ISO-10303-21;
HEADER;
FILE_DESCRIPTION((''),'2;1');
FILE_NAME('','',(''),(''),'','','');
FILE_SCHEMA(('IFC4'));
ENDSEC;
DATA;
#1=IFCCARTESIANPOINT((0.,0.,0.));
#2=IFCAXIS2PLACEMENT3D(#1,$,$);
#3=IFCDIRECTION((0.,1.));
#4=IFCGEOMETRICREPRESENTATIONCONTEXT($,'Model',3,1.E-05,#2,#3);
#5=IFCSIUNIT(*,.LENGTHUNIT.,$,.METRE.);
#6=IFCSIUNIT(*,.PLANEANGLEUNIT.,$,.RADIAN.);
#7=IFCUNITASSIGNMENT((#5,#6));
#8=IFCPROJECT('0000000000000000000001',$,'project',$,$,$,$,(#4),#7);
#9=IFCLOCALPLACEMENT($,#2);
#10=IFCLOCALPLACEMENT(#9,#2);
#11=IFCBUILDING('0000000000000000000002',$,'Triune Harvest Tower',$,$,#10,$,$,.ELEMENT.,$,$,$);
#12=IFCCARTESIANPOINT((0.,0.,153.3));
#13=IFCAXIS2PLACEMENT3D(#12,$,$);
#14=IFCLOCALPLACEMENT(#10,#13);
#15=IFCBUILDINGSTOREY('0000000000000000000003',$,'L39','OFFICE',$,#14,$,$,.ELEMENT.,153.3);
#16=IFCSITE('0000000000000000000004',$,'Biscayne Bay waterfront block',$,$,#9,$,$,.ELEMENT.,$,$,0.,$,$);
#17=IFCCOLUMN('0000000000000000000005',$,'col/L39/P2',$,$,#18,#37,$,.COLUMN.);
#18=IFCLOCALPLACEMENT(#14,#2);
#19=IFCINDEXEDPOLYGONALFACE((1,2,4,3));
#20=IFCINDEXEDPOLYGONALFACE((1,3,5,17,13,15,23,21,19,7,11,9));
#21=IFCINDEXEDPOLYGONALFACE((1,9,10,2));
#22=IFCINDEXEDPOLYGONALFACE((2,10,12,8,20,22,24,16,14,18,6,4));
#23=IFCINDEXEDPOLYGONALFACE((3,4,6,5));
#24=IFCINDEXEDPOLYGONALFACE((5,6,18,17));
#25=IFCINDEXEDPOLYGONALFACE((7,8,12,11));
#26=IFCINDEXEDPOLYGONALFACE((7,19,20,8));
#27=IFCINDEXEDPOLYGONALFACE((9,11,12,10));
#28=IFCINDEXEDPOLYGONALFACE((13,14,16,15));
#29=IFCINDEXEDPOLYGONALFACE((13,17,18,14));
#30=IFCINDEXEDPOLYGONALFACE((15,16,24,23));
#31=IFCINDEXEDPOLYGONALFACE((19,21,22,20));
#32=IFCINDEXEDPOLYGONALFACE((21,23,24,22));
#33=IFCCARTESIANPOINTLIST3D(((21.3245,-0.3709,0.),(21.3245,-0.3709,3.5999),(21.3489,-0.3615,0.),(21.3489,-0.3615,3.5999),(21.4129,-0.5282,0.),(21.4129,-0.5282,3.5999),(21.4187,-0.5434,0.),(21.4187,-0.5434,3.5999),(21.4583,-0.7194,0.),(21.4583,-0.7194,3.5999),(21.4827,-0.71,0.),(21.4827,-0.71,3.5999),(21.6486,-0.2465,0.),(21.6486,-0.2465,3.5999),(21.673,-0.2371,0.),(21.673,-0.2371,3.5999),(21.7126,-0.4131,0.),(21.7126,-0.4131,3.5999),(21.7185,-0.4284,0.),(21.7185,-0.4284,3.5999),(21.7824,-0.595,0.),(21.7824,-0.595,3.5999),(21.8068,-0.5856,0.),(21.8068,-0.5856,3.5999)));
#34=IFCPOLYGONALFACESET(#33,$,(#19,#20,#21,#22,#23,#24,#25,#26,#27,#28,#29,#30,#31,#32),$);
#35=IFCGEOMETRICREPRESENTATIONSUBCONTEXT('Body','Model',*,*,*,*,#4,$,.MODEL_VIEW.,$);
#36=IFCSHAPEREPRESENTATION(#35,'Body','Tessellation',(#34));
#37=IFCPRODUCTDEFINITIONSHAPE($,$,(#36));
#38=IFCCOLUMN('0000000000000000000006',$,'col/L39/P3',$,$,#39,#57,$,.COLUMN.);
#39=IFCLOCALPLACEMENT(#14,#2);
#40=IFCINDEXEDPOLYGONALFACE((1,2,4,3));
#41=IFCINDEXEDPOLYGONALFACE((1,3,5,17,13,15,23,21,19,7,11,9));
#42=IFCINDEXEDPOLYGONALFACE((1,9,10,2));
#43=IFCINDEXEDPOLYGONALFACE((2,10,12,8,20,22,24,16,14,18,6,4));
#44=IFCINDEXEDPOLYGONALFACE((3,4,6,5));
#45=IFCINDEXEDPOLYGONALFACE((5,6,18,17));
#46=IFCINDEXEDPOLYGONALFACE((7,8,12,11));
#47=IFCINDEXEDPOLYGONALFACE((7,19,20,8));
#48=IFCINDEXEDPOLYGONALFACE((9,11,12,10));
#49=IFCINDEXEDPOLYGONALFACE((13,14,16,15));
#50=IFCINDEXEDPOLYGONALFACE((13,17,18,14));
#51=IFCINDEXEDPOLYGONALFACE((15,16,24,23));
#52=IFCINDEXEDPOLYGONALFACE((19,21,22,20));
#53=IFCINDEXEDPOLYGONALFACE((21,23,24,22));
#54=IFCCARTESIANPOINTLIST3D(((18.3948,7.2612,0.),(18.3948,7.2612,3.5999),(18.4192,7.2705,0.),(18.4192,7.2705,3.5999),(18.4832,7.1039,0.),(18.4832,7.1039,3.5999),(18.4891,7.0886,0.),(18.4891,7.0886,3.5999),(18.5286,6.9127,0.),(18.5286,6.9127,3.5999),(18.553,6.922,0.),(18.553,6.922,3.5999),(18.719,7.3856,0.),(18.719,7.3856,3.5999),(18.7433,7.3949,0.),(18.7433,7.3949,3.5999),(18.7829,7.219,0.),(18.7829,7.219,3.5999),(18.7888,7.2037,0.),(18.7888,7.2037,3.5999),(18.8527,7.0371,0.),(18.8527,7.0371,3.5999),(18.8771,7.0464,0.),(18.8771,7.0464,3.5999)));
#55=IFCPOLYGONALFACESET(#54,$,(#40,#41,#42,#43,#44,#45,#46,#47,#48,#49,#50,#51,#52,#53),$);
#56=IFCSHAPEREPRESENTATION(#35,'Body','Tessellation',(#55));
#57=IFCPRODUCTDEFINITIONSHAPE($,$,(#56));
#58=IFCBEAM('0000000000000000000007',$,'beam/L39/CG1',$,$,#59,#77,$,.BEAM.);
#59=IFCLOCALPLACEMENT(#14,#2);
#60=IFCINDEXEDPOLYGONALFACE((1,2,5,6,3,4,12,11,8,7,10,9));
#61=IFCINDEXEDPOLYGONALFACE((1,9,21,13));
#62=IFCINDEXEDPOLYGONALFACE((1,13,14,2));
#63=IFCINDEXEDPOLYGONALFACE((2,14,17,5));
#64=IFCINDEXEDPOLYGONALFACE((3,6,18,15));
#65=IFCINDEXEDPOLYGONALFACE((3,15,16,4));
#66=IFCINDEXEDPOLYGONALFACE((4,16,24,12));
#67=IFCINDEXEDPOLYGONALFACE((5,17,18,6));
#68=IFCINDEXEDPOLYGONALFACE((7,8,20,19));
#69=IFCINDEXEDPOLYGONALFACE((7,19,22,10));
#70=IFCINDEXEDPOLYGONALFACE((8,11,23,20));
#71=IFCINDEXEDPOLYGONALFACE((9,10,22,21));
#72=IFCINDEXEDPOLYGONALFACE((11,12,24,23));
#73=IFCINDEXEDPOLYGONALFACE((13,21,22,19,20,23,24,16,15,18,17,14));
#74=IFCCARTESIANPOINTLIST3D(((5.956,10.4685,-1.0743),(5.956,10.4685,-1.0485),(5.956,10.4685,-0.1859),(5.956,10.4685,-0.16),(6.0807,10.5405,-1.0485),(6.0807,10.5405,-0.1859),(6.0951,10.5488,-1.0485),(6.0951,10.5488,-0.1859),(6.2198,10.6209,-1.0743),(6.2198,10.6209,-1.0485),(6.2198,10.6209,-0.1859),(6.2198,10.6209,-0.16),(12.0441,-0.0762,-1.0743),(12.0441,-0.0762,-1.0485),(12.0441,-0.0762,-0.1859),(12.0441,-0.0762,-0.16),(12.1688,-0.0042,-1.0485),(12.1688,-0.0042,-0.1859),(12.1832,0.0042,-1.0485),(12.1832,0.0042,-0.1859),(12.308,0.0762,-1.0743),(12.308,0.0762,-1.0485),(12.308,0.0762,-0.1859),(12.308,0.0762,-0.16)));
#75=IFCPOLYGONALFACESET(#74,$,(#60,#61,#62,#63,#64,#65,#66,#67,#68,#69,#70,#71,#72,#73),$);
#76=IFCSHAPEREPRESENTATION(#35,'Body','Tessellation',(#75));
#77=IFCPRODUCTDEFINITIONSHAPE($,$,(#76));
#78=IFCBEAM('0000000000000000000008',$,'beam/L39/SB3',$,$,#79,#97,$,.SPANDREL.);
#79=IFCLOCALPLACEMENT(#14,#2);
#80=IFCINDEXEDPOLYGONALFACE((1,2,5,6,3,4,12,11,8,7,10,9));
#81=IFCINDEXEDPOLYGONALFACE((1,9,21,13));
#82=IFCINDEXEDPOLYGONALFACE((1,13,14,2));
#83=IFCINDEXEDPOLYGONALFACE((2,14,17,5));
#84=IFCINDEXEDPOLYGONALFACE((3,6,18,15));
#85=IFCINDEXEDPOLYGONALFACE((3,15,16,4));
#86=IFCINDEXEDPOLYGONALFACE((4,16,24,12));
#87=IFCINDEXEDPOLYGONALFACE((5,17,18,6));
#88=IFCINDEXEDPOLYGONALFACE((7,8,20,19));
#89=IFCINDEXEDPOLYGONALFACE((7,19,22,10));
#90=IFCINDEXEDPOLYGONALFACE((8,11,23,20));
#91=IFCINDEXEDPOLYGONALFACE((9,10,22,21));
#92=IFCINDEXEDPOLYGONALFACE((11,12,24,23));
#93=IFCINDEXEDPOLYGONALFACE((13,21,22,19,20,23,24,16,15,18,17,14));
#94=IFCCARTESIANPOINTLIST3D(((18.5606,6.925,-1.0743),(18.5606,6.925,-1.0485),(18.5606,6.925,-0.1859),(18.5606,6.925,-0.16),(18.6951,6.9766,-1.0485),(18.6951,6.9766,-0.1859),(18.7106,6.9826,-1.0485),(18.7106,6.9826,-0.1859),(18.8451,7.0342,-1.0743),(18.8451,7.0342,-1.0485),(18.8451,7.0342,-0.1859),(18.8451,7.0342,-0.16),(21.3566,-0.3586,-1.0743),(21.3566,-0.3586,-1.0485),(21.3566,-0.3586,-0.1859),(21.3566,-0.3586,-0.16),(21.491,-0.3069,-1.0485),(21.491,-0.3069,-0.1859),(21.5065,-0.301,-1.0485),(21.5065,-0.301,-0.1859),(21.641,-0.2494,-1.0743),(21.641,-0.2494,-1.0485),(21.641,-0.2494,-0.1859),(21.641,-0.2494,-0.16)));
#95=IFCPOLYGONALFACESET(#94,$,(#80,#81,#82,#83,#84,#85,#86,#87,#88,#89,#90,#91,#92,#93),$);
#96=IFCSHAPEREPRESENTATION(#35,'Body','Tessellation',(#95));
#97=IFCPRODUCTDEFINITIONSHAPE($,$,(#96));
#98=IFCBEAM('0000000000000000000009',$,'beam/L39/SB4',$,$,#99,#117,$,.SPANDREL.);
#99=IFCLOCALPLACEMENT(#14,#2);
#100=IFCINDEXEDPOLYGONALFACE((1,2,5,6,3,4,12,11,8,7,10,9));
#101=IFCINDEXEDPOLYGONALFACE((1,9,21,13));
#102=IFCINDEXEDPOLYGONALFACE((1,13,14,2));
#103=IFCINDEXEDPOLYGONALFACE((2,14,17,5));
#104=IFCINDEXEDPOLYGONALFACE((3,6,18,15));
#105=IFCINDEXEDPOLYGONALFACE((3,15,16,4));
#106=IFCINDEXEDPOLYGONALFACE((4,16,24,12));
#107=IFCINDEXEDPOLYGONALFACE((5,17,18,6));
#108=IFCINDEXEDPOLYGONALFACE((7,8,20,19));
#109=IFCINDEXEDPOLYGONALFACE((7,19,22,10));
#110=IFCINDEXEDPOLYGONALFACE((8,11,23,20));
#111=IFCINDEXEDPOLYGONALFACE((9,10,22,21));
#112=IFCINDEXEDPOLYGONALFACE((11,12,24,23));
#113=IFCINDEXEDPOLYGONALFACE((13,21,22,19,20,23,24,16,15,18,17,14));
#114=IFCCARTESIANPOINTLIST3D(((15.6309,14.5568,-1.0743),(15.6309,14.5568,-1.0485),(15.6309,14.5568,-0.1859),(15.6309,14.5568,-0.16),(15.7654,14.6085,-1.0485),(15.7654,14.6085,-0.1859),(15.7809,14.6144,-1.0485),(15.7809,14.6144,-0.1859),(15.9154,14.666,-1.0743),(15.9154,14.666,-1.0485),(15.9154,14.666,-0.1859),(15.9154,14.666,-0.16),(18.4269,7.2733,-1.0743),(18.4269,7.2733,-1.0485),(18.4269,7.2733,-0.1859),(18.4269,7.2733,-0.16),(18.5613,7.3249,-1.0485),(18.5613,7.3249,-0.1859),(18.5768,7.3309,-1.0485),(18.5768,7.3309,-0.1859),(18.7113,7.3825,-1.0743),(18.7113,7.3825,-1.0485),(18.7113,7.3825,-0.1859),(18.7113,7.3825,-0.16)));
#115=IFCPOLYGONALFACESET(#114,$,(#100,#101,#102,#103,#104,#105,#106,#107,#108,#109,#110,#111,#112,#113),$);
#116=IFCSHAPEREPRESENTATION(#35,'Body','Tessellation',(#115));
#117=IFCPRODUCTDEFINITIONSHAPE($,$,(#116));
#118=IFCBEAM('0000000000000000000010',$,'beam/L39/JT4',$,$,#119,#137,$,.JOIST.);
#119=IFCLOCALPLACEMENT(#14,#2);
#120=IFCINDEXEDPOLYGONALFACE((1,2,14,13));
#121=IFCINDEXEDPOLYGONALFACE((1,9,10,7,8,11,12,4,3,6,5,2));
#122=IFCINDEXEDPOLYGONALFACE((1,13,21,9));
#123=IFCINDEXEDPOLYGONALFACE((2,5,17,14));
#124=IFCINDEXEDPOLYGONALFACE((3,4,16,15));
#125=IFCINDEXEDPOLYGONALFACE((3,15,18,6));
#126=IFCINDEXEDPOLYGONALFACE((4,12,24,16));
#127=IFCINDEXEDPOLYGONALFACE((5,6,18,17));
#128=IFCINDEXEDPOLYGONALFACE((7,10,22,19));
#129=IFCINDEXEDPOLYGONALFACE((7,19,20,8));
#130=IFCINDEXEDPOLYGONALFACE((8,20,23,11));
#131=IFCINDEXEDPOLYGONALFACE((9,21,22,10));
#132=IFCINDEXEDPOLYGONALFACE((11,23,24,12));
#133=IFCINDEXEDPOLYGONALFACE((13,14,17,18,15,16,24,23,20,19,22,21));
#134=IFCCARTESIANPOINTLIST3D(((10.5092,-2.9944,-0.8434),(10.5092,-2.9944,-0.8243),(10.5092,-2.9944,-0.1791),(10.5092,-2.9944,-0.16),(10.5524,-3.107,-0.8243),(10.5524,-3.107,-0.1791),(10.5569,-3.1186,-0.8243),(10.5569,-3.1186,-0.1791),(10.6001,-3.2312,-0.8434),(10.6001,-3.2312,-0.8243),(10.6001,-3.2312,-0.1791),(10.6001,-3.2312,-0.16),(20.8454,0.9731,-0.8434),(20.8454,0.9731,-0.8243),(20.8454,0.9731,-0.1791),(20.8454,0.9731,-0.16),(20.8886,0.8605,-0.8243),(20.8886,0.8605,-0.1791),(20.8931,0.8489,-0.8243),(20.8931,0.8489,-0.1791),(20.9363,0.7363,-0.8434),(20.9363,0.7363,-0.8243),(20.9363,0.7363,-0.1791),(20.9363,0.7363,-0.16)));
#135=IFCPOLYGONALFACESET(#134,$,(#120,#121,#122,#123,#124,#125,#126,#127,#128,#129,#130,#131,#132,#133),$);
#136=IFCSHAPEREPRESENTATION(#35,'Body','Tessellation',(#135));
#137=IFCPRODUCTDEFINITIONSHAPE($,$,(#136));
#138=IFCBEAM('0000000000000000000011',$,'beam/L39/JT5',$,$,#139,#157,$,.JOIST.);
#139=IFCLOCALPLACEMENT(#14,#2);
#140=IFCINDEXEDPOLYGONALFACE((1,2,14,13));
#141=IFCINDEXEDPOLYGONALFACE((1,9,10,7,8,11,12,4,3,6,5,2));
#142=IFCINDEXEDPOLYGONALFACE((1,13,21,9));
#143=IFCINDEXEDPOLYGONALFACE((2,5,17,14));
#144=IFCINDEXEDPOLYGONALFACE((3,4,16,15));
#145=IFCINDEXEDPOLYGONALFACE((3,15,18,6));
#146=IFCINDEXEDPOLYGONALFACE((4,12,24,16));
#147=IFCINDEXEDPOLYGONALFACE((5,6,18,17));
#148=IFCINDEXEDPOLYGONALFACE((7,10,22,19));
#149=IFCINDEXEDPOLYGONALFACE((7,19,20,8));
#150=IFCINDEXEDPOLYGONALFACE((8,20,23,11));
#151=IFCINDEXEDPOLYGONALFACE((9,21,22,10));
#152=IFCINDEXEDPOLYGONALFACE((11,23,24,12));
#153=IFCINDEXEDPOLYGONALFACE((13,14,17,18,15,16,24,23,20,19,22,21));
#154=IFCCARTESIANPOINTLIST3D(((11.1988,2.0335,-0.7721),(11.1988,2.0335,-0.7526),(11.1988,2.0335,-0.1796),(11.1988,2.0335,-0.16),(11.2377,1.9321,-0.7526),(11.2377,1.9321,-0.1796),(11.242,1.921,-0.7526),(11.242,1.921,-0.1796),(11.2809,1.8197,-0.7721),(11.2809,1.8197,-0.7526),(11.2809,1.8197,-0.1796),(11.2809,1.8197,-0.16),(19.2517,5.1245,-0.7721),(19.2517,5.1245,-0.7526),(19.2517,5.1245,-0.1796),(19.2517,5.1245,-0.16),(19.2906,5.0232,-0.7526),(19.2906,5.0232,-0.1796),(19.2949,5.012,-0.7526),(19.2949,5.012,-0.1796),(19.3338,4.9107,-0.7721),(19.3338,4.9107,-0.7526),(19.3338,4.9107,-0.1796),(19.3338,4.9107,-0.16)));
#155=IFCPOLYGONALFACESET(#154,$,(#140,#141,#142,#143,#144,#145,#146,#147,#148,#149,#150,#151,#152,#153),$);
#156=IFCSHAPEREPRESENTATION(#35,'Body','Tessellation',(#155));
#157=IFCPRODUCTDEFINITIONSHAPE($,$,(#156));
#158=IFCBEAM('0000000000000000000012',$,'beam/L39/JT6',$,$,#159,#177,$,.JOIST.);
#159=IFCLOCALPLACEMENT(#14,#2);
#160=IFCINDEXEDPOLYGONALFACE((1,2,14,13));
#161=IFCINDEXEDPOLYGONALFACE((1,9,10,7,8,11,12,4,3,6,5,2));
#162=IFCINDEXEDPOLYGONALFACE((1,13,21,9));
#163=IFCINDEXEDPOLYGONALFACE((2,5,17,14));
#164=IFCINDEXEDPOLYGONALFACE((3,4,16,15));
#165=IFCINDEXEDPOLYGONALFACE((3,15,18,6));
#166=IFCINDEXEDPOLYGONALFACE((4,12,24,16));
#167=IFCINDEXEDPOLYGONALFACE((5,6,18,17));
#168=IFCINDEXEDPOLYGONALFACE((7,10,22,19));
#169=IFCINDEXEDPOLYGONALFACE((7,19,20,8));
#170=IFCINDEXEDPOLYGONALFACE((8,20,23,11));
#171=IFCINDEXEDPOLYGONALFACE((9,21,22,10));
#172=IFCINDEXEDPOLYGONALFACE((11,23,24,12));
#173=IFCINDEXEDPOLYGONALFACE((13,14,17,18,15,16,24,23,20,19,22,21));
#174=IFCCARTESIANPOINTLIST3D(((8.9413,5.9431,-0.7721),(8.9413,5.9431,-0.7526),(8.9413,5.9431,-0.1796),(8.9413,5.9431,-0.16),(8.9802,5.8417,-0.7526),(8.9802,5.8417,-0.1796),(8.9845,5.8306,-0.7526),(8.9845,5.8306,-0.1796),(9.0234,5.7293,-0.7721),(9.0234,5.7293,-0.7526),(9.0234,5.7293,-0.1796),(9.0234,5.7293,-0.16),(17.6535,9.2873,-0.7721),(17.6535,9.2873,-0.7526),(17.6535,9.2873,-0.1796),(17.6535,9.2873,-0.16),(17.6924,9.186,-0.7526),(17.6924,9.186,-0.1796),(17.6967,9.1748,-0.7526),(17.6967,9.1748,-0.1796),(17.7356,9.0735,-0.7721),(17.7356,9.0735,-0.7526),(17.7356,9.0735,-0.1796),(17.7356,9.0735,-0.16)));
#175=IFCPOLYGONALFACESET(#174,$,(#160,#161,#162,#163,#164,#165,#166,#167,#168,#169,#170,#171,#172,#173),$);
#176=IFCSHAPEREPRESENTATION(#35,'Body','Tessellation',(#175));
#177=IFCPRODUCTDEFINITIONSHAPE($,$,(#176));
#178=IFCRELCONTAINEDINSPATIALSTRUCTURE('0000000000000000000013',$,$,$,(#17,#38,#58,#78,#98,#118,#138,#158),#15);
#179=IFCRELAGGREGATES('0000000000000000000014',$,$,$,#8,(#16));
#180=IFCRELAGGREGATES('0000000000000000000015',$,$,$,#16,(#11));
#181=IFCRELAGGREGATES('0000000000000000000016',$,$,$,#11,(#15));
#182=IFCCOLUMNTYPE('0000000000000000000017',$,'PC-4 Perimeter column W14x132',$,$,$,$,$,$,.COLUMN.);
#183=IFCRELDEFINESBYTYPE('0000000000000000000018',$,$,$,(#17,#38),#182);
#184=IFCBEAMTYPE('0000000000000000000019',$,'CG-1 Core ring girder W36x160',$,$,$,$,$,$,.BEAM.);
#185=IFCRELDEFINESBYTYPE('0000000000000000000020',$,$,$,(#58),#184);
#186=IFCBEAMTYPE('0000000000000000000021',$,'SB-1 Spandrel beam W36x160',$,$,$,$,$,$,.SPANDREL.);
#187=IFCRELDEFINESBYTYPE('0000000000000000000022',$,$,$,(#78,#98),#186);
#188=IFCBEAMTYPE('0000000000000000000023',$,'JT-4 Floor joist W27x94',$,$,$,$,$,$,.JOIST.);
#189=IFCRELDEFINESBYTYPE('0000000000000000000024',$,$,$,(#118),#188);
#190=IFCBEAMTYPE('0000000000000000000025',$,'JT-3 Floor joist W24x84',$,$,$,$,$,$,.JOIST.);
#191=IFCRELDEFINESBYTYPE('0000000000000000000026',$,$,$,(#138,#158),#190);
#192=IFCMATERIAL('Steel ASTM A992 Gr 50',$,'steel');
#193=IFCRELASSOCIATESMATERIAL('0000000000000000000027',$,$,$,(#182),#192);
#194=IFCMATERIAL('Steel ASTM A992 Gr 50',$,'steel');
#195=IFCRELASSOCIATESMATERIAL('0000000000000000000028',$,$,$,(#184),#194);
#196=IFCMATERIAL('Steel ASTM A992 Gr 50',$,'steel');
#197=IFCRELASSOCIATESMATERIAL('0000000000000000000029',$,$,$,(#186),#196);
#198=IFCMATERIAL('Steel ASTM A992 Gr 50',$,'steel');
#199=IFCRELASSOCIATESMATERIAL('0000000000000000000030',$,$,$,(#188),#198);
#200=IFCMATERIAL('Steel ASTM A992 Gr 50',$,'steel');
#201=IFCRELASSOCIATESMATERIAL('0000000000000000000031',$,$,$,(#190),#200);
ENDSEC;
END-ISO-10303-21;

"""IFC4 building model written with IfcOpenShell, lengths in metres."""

from ifc_helpers import new_model, si_unit, direction, frame, origin, origin_2d, place, context, subcontext, project, spatial, i_section, extrude, source, transform, mapped, material, material_profile, profile_set, type_object, element, save


model = new_model("IFC4")

# Units and contexts
model_context = context("Model", 3, precision=1e-05, world=origin(), true_north=direction((0.0, 1.0)))
body_context = subcontext(model_context, "Body", "Model", "MODEL_VIEW")
ifc_project = project(units=[si_unit("LENGTHUNIT", "METRE"), si_unit("PLANEANGLEUNIT", "RADIAN")], contexts=[model_context])

# Site, building, storey
site_placement = place(None, origin())
site = spatial("IfcSite", under=ifc_project, at=site_placement, Name="Biscayne Bay waterfront block", CompositionType="ELEMENT", RefElevation=0.0)
building_placement = place(site_placement, origin())
building = spatial("IfcBuilding", under=site, at=building_placement, Name="Triune Harvest Tower", CompositionType="ELEMENT")
storey_placement = place(building_placement, frame((0.0, 0.0, 153.3)))
storey = spatial("IfcBuildingStorey", under=building, at=storey_placement, Name="L39", Description="OFFICE", CompositionType="ELEMENT", Elevation=153.3)

# Columns
ifc_material_1 = material(Name="Steel ASTM A992 Gr 50", Category="steel")
ifc_material_profile_1 = material_profile(ifc_material_1, i_section(OverallWidth=0.3733, OverallDepth=0.3733, WebThickness=0.0164, FlangeThickness=0.0261, at=origin_2d()), Name="W14x132")
ifc_profile_set_1 = profile_set([ifc_material_profile_1], Name="Steel ASTM A992 Gr 50")
column_type = type_object("IfcColumnType", Name="PC-4 Perimeter column W14x132", PredefinedType="COLUMN", material=ifc_profile_set_1)
shared_shape_1 = source(origin(), body_context, "Body", "SweptSolid", [
    extrude(i_section(OverallWidth=0.3733, OverallDepth=0.3733, WebThickness=0.0164, FlangeThickness=0.0261, at=origin_2d()), origin(), (0.0, 0.0, 1.0), 3.5999),
])
for number, where, z_axis, x_axis, name in (
    (1, (21.5657, -0.4783, 0.0), (0.0, 0.0, 1.0), (-0.358368, 0.93358, 0.0), "col/L39/P2"),
    (2, (18.636, 7.1538, 0.0), (0.0, 0.0, 1.0), (-0.358368, 0.93358, 0.0), "col/L39/P3"),
):
    element("IfcColumn", number, at=place(storey_placement, frame(where, z_axis=z_axis, x_axis=x_axis)), inside=storey, type_object=column_type, Name=name, PredefinedType="COLUMN", context=body_context, shape_type="MappedRepresentation", body=[
        mapped(shared_shape_1, transform((0.0, 0.0, 0.0), scale=1.0)),
    ])

# Beams
ifc_material_2 = material(Name="Steel ASTM A992 Gr 50", Category="steel")
ifc_material_profile_2 = material_profile(ifc_material_2, i_section(OverallWidth=0.3047, OverallDepth=0.9143, WebThickness=0.0166, FlangeThickness=0.0259, at=origin_2d()), Name="W36x160")
ifc_profile_set_2 = profile_set([ifc_material_profile_2], Name="Steel ASTM A992 Gr 50")
beam_type_1 = type_object("IfcBeamType", Name="CG-1 Core ring girder W36x160", PredefinedType="BEAM", material=ifc_profile_set_2)
shared_shape_2 = source(origin(), body_context, "Body", "SweptSolid", [
    extrude(i_section(OverallWidth=0.3047, OverallDepth=0.9143, WebThickness=0.0166, FlangeThickness=0.0259, at=origin_2d()), origin(), (0.0, 0.0, 1.0), 12.176),
])
beam_1_placement = place(storey_placement, frame((12.176, 0.0, -0.6172), z_axis=(-0.50001, 0.86602, 0.0), x_axis=(-0.86602, -0.50001, 0.0)))
element("IfcBeam", 3, at=beam_1_placement, inside=storey, type_object=beam_type_1, Name="beam/L39/CG1", PredefinedType="BEAM", context=body_context, shape_type="MappedRepresentation", body=[
    mapped(shared_shape_2, transform((0.0, 0.0, 0.0), scale=1.0)),
])
ifc_material_3 = material(Name="Steel ASTM A992 Gr 50", Category="steel")
ifc_material_profile_3 = material_profile(ifc_material_3, i_section(OverallWidth=0.3047, OverallDepth=0.9143, WebThickness=0.0166, FlangeThickness=0.0259, at=origin_2d()), Name="W36x160")
ifc_profile_set_3 = profile_set([ifc_material_profile_3], Name="Steel ASTM A992 Gr 50")
beam_type_2 = type_object("IfcBeamType", Name="SB-1 Spandrel beam W36x160", PredefinedType="SPANDREL", material=ifc_profile_set_3)
shared_shape_3 = source(origin(), body_context, "Body", "SweptSolid", [
    extrude(i_section(OverallWidth=0.3047, OverallDepth=0.9143, WebThickness=0.0166, FlangeThickness=0.0259, at=origin_2d()), origin(), (0.0, 0.0, 1.0), 7.8018),
])
for number, where, z_axis, x_axis, name in (
    (4, (21.4988, -0.304, -0.6172), (-0.358373, 0.933578, 0.0), (-0.933578, -0.358373, 0.0), "beam/L39/SB3"),
    (5, (18.5691, 7.3279, -0.6172), (-0.358373, 0.933578, 0.0), (-0.933578, -0.358373, 0.0), "beam/L39/SB4"),
):
    element("IfcBeam", number, at=place(storey_placement, frame(where, z_axis=z_axis, x_axis=x_axis)), inside=storey, type_object=beam_type_2, Name=name, PredefinedType="SPANDREL", context=body_context, shape_type="MappedRepresentation", body=[
        mapped(shared_shape_3, transform((0.0, 0.0, 0.0), scale=1.0)),
    ])
ifc_material_4 = material(Name="Steel ASTM A992 Gr 50", Category="steel")
ifc_material_profile_4 = material_profile(ifc_material_4, i_section(OverallWidth=0.2537, OverallDepth=0.6833, WebThickness=0.0125, FlangeThickness=0.019, at=origin_2d()), Name="W27x94")
ifc_profile_set_4 = profile_set([ifc_material_profile_4], Name="Steel ASTM A992 Gr 50")
beam_type_3 = type_object("IfcBeamType", Name="JT-4 Floor joist W27x94", PredefinedType="JOIST", material=ifc_profile_set_4)
shared_shape_4 = source(origin(), body_context, "Body", "SweptSolid", [
    extrude(i_section(OverallWidth=0.2537, OverallDepth=0.6833, WebThickness=0.0125, FlangeThickness=0.019, at=origin_2d()), origin(), (0.0, 0.0, 1.0), 11.0715),
])
beam_2_placement = place(storey_placement, frame((20.8909, 0.8547, -0.5017), z_axis=(-0.933585, -0.358355, 0.0), x_axis=(0.358355, -0.933585, 0.0)))
element("IfcBeam", 6, at=beam_2_placement, inside=storey, type_object=beam_type_3, Name="beam/L39/JT4", PredefinedType="JOIST", context=body_context, shape_type="MappedRepresentation", body=[
    mapped(shared_shape_4, transform((0.0, 0.0, 0.0), scale=1.0)),
])
ifc_material_5 = material(Name="Steel ASTM A992 Gr 50", Category="steel")
ifc_material_profile_5 = material_profile(ifc_material_5, i_section(OverallWidth=0.229, OverallDepth=0.6121, WebThickness=0.012, FlangeThickness=0.0195, at=origin_2d()), Name="W24x84")
ifc_profile_set_5 = profile_set([ifc_material_profile_5], Name="Steel ASTM A992 Gr 50")
beam_type_4 = type_object("IfcBeamType", Name="JT-3 Floor joist W24x84", PredefinedType="JOIST", material=ifc_profile_set_5)
shared_shape_5 = source(origin(), body_context, "Body", "SweptSolid", [
    extrude(i_section(OverallWidth=0.229, OverallDepth=0.6121, WebThickness=0.012, FlangeThickness=0.0195, at=origin_2d()), origin(), (0.0, 0.0, 1.0), 8.6257),
])
beam_3_placement = place(storey_placement, frame((19.2927, 5.0176, -0.4661), z_axis=(-0.933588, -0.358349, 0.0), x_axis=(0.358349, -0.933588, 0.0)))
element("IfcBeam", 7, at=beam_3_placement, inside=storey, type_object=beam_type_4, Name="beam/L39/JT5", PredefinedType="JOIST", context=body_context, shape_type="MappedRepresentation", body=[
    mapped(shared_shape_5, transform((0.0, 0.0, 0.0), scale=1.0)),
])
shared_shape_6 = source(origin(), body_context, "Body", "SweptSolid", [
    extrude(i_section(OverallWidth=0.229, OverallDepth=0.6121, WebThickness=0.012, FlangeThickness=0.0195, at=origin_2d()), origin(), (0.0, 0.0, 1.0), 9.332),
])
beam_4_placement = place(storey_placement, frame((17.6946, 9.1804, -0.4661), z_axis=(-0.933582, -0.358364, 0.0), x_axis=(0.358364, -0.933582, 0.0)))
element("IfcBeam", 8, at=beam_4_placement, inside=storey, type_object=beam_type_4, Name="beam/L39/JT6", PredefinedType="JOIST", context=body_context, shape_type="MappedRepresentation", body=[
    mapped(shared_shape_6, transform((0.0, 0.0, 0.0), scale=1.0)),
])

save(model, "model.ifc")
